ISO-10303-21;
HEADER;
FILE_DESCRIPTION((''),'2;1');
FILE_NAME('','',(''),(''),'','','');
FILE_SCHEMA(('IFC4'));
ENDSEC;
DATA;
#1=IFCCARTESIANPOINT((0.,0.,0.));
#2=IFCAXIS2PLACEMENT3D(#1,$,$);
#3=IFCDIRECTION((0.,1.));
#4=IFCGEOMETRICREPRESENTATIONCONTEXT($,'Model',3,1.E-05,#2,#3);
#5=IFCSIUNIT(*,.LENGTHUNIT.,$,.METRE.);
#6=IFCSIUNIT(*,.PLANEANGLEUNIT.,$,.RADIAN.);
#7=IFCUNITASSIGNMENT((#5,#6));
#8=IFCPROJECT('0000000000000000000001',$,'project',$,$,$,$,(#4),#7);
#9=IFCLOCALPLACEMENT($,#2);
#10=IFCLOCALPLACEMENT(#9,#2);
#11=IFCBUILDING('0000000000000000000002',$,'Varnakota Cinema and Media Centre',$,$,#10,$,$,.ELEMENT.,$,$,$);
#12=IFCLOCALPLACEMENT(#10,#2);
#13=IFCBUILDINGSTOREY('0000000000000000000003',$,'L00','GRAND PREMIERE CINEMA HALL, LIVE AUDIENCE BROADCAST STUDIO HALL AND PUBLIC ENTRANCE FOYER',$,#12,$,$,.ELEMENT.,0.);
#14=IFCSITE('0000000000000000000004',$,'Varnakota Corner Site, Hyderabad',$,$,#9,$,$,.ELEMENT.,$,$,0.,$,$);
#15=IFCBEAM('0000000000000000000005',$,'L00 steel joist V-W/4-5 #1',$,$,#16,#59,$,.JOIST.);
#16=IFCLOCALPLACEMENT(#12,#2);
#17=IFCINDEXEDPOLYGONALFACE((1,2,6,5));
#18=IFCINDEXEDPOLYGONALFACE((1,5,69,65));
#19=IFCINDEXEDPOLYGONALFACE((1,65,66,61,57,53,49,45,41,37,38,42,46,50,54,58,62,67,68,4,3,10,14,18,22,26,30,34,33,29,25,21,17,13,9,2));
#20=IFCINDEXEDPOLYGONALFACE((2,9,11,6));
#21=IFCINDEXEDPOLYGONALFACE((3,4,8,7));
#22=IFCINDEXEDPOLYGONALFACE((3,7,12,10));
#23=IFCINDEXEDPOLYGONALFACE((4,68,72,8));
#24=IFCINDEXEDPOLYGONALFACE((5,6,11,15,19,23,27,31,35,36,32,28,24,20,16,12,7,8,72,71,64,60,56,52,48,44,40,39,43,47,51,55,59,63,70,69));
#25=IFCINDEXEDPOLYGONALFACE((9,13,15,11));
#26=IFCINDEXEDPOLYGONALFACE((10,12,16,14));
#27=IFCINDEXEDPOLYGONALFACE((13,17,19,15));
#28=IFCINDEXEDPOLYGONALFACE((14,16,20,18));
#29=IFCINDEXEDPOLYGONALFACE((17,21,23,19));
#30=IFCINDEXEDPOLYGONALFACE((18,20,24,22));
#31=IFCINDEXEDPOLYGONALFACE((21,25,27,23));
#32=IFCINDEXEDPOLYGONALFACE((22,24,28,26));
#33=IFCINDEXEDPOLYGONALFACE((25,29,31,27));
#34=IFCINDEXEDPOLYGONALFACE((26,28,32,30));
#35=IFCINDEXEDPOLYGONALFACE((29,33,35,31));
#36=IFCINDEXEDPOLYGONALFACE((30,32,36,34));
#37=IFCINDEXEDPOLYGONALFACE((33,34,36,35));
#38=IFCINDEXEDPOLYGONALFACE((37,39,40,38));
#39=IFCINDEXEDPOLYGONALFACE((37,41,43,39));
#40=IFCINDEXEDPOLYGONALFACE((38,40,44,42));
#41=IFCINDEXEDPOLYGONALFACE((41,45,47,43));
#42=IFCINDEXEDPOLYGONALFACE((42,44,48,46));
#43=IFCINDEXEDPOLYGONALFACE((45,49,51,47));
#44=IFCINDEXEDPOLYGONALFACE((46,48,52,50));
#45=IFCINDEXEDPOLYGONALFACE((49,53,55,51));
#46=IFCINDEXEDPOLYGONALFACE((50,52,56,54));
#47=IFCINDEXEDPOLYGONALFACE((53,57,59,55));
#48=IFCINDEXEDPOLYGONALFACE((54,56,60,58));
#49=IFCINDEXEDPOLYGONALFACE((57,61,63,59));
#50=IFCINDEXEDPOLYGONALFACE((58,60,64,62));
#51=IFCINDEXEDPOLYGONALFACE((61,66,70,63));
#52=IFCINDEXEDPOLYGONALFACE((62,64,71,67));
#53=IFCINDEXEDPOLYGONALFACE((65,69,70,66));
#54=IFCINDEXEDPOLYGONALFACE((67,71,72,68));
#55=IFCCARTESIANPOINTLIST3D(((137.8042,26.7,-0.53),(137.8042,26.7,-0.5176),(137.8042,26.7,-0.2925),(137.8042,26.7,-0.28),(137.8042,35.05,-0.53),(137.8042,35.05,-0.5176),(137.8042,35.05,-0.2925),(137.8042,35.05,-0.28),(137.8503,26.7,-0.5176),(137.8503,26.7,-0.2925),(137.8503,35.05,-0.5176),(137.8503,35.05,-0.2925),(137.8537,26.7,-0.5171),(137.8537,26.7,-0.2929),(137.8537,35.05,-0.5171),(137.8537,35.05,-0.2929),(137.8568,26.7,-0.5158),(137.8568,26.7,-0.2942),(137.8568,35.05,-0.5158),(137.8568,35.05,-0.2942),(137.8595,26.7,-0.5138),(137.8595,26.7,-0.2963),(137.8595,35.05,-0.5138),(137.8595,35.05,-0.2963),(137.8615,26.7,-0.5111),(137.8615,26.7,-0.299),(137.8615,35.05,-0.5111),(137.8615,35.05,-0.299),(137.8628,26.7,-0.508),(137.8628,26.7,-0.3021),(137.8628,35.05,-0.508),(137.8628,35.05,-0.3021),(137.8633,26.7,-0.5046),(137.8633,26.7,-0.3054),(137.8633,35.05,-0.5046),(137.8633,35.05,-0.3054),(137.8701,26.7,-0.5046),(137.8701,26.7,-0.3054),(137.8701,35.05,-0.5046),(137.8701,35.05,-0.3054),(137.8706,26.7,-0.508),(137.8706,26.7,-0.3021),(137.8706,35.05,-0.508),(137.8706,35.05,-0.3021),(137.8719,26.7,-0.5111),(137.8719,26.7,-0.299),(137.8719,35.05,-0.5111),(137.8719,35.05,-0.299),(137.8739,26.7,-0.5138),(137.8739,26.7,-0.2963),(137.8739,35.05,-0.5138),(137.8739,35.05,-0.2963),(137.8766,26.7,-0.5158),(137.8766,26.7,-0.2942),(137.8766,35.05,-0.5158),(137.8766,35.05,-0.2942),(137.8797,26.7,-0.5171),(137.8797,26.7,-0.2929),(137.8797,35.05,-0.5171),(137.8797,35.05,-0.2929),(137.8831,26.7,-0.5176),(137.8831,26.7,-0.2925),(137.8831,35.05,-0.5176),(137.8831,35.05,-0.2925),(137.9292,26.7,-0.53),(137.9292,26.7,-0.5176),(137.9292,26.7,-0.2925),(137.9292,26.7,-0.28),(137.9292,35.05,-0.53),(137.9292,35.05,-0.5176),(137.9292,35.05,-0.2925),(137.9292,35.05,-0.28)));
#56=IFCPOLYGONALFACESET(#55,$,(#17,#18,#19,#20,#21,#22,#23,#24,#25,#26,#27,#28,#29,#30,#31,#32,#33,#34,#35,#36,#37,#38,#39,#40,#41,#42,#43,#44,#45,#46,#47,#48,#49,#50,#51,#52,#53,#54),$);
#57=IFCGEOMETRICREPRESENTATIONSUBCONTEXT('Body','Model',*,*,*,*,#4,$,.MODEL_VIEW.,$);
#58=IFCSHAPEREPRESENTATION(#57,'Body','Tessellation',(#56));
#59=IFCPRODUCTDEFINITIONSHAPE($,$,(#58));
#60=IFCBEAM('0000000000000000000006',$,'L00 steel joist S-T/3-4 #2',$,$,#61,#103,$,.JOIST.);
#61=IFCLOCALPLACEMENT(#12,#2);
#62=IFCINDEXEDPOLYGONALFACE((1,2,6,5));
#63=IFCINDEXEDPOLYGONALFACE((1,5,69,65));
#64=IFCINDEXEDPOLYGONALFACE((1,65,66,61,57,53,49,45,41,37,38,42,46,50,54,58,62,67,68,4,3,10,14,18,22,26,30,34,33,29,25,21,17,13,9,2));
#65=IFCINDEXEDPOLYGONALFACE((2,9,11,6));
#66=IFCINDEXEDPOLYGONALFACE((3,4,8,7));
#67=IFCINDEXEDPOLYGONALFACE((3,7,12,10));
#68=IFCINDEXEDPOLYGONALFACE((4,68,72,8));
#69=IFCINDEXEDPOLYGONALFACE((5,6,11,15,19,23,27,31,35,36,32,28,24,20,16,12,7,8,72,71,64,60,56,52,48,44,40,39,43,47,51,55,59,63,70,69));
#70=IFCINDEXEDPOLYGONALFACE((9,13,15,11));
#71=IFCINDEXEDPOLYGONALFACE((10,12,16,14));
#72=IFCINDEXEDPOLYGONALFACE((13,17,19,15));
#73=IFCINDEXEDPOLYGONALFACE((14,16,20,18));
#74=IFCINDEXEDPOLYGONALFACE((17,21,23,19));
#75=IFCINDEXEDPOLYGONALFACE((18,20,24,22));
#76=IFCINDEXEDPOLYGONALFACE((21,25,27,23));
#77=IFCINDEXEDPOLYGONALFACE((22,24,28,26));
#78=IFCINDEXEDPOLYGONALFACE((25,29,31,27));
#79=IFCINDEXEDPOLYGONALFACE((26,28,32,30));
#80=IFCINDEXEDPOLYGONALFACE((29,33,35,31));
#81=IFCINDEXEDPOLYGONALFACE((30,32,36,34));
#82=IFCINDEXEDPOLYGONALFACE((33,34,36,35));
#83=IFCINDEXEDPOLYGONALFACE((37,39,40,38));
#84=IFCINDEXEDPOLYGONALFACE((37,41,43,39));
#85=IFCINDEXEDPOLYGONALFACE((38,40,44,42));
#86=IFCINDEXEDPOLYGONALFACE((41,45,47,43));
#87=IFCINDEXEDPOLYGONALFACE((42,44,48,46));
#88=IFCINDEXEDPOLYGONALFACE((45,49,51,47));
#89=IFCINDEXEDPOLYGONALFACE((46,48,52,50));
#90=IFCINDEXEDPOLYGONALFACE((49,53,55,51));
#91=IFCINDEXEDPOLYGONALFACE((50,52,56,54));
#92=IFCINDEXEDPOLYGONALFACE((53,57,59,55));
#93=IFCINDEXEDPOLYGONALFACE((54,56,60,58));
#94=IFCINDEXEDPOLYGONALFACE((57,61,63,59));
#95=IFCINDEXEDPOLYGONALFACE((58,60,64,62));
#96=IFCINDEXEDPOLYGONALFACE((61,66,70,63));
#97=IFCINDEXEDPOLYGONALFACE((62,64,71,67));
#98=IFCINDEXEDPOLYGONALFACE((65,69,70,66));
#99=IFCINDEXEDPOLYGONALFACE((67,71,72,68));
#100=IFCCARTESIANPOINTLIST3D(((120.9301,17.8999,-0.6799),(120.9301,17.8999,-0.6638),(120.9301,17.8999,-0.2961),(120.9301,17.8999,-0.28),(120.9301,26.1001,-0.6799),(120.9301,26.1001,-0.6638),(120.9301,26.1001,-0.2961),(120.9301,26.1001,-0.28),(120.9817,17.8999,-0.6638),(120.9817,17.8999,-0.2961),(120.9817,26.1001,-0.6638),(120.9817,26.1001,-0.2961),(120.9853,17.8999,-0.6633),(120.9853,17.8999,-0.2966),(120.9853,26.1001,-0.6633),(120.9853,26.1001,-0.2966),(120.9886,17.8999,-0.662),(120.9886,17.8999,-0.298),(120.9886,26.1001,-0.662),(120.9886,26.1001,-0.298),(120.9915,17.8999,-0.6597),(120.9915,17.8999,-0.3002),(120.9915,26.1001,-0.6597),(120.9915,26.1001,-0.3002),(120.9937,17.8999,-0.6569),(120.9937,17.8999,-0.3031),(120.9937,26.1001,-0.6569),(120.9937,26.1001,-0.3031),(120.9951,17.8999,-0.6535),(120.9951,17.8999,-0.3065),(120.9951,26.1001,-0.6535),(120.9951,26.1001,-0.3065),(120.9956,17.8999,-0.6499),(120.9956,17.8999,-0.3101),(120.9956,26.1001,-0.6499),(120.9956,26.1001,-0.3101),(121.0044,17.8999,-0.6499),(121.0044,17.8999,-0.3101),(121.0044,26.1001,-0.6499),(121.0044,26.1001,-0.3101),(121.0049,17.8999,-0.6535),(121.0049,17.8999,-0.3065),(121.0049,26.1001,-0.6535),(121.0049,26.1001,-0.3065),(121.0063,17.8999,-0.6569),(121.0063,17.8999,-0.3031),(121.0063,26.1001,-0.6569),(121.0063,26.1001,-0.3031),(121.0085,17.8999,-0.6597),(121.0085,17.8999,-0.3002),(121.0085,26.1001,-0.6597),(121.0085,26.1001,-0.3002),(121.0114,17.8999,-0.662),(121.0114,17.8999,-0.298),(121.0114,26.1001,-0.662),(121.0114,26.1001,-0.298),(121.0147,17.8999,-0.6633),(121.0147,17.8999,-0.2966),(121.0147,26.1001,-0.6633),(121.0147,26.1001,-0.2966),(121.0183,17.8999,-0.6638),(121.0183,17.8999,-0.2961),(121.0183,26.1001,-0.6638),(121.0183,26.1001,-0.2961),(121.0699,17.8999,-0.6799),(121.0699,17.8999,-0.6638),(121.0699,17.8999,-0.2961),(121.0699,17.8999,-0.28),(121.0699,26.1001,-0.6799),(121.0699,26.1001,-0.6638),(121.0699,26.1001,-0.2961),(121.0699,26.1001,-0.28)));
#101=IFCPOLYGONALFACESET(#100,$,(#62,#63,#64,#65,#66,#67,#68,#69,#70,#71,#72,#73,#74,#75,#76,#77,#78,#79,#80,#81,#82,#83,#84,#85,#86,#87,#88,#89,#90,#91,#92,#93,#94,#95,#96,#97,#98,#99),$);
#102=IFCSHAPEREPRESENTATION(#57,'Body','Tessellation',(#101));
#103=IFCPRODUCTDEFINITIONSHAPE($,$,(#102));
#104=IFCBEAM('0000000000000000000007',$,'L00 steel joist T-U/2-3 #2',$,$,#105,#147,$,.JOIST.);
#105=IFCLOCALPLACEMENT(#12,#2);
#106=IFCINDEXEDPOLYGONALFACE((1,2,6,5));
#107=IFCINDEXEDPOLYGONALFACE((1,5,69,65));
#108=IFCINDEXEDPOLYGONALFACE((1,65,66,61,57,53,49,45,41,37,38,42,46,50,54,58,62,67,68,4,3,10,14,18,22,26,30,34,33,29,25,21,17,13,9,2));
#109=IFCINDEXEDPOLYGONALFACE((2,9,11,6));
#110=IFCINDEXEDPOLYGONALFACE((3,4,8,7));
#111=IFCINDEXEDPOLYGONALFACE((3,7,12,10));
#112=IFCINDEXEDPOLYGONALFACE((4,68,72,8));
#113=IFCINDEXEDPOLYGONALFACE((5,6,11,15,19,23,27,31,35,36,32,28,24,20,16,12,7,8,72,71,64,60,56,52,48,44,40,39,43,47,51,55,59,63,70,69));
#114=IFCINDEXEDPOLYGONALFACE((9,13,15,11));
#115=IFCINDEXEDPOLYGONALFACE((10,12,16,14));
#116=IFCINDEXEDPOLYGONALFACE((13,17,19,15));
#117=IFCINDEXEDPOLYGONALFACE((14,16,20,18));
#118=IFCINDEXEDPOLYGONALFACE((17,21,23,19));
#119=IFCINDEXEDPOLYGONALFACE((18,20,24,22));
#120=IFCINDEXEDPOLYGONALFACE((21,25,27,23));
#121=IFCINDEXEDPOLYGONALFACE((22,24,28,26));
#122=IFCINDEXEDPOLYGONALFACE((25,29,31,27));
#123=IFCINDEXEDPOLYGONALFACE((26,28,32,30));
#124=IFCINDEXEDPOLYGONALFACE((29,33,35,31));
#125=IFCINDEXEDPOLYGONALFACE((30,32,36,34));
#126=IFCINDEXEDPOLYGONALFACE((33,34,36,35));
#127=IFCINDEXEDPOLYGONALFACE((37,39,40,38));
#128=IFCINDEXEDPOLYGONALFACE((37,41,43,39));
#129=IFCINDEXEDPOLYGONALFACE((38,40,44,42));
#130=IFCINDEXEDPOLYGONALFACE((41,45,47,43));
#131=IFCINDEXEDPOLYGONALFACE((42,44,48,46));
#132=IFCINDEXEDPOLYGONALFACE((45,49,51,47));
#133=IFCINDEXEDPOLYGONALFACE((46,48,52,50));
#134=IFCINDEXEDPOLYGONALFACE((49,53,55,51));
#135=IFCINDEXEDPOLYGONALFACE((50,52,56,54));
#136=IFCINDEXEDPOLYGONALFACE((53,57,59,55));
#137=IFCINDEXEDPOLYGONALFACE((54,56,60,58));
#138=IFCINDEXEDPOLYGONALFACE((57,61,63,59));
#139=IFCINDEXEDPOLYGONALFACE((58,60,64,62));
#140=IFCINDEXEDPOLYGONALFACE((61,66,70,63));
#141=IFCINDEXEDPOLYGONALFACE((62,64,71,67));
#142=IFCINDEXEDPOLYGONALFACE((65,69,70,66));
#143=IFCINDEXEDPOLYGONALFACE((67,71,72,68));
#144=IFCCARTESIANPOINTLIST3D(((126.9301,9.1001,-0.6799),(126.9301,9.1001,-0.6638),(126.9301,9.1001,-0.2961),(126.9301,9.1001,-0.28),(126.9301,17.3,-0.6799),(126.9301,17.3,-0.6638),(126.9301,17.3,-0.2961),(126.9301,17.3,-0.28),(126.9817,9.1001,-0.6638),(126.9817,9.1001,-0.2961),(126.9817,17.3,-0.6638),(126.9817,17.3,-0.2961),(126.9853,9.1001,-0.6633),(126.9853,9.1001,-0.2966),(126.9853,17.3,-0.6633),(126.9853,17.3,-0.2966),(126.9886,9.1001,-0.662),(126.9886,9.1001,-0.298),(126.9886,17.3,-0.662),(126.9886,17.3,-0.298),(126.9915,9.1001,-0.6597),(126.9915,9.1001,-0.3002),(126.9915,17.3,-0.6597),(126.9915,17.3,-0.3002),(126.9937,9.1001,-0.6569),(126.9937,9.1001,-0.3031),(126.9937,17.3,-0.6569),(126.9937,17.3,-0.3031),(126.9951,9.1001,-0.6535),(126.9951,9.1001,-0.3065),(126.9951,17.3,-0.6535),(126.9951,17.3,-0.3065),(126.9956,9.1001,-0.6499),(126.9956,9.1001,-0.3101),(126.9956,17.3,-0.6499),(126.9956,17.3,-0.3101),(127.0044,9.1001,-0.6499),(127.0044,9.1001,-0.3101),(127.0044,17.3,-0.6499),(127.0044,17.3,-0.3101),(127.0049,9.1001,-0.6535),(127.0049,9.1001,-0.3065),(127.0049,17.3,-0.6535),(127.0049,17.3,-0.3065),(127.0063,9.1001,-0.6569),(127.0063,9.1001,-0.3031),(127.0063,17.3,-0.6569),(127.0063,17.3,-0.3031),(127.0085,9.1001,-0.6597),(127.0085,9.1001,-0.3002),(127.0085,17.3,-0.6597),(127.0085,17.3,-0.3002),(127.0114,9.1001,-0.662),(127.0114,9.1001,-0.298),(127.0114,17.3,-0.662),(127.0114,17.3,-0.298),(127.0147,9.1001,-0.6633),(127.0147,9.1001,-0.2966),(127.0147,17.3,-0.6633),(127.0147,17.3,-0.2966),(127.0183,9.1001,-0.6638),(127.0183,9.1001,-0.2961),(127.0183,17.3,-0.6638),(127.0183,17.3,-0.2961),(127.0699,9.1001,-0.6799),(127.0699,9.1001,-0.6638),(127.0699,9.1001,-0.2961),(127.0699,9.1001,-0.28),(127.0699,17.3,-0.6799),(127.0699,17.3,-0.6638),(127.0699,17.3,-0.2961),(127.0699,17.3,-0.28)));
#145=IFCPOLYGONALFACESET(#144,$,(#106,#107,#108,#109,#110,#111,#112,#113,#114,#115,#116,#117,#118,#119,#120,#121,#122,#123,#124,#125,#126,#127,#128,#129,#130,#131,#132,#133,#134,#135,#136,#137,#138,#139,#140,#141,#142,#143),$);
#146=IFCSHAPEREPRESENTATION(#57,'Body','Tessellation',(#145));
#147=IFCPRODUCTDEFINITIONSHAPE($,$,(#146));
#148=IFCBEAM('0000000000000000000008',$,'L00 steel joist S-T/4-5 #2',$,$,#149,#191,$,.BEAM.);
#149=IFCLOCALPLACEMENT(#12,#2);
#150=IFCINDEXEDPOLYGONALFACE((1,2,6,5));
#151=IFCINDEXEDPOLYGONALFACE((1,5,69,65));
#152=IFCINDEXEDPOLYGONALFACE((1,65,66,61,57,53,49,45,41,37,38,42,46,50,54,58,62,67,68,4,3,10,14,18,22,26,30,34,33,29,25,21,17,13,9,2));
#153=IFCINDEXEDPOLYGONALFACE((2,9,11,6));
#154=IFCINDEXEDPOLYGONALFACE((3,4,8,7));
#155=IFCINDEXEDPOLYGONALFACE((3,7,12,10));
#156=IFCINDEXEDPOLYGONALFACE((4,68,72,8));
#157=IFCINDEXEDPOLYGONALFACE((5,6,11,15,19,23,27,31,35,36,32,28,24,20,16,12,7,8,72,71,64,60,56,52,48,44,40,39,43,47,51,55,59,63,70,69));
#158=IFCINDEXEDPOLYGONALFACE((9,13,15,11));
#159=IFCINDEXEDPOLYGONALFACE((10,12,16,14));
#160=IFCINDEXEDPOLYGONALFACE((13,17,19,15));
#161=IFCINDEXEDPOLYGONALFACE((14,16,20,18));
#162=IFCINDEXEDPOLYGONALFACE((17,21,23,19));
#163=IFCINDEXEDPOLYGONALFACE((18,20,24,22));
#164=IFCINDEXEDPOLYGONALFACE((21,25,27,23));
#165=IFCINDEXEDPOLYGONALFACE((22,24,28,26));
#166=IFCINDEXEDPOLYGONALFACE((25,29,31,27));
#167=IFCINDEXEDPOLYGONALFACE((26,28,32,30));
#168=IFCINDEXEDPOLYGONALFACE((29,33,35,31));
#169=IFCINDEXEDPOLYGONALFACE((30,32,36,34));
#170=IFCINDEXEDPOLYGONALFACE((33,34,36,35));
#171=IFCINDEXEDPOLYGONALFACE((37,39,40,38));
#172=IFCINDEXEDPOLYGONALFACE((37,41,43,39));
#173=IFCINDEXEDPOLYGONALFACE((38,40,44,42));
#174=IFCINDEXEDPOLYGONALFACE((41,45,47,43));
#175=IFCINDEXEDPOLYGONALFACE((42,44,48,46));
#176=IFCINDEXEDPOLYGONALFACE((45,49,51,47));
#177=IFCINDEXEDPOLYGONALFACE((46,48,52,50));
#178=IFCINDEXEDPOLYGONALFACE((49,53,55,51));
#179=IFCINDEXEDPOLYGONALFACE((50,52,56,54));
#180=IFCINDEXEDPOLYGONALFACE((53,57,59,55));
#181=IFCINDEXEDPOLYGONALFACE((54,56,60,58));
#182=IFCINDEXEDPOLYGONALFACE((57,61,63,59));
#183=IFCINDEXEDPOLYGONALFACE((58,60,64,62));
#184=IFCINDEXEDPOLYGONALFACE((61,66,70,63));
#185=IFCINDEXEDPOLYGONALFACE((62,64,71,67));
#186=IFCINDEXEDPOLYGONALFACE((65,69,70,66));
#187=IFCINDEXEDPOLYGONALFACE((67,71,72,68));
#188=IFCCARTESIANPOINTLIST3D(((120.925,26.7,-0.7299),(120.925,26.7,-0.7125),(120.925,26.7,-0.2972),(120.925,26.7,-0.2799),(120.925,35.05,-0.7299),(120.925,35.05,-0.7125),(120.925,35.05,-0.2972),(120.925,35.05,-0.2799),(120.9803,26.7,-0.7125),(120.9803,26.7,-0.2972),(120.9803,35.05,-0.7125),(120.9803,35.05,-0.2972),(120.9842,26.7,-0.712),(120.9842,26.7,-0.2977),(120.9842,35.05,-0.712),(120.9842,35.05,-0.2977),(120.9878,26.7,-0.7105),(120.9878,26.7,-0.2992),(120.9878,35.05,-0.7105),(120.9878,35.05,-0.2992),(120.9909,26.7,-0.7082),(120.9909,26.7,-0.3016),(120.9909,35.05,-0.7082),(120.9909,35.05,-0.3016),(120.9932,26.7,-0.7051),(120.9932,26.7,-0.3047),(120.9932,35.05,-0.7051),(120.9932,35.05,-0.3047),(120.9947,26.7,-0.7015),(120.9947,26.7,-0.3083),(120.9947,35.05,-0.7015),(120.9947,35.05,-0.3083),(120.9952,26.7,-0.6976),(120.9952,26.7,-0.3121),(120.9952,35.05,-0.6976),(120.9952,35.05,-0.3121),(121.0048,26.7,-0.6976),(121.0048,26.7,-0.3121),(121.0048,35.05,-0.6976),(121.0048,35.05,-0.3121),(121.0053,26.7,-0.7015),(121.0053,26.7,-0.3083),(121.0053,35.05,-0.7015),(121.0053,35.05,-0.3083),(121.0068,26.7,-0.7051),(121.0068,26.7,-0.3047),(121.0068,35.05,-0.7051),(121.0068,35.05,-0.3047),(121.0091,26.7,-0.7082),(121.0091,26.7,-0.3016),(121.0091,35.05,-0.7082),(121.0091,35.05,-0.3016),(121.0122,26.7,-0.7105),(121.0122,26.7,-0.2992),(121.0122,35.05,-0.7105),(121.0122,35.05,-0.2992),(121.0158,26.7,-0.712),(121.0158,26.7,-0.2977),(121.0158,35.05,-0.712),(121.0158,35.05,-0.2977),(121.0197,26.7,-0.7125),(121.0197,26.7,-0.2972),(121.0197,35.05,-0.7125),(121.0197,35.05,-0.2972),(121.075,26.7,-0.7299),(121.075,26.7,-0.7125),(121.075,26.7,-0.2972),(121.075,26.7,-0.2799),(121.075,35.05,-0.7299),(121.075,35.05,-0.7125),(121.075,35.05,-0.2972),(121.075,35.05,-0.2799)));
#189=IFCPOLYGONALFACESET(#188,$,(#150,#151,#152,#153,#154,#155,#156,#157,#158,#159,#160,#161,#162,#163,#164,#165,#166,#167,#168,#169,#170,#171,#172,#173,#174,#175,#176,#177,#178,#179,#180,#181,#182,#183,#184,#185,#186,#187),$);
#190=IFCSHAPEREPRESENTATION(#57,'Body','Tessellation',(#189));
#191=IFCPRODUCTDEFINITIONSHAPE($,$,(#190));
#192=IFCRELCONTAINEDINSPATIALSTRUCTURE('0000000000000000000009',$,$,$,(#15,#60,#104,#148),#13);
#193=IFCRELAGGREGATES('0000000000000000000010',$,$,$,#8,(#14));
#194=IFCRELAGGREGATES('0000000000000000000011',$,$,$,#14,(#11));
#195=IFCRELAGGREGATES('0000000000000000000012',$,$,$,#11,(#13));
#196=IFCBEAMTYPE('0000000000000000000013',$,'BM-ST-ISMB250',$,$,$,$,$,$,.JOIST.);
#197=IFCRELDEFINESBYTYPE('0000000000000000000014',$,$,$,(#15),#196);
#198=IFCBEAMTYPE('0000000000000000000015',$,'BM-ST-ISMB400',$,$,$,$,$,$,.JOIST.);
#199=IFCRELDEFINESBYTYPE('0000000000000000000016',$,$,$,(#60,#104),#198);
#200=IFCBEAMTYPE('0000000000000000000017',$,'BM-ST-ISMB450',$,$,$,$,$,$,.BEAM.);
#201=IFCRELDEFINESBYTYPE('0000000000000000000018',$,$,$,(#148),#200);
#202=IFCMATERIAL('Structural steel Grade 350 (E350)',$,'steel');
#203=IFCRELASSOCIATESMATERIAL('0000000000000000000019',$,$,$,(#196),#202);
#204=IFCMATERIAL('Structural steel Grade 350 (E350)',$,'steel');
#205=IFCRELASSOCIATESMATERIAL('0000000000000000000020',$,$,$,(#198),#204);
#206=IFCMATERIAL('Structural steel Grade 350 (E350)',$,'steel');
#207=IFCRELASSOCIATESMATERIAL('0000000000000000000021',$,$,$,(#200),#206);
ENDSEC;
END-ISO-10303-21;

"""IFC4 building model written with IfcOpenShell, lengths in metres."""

from ifc_helpers import new_model, si_unit, direction, frame, origin, origin_2d, place, context, subcontext, project, spatial, i_section, extrude, material, material_profile, profile_set, type_object, element, save


model = new_model("IFC4")

# Units and contexts
model_context = context("Model", 3, precision=1e-05, world=origin(), true_north=direction((0.0, 1.0)))
body_context = subcontext(model_context, "Body", "Model", "MODEL_VIEW")
ifc_project = project(units=[si_unit("LENGTHUNIT", "METRE"), si_unit("PLANEANGLEUNIT", "RADIAN")], contexts=[model_context])

# Site, building, storey
site_placement = place(None, origin())
site = spatial("IfcSite", under=ifc_project, at=site_placement, Name="Varnakota Corner Site, Hyderabad", CompositionType="ELEMENT", RefElevation=0.0)
building_placement = place(site_placement, origin())
building = spatial("IfcBuilding", under=site, at=building_placement, Name="Varnakota Cinema and Media Centre", CompositionType="ELEMENT")
storey_placement = place(building_placement, origin())
storey = spatial("IfcBuildingStorey", under=building, at=storey_placement, Name="L00", Description="GRAND PREMIERE CINEMA HALL, LIVE AUDIENCE BROADCAST STUDIO HALL AND PUBLIC ENTRANCE FOYER", CompositionType="ELEMENT", Elevation=0.0)

# Beams
ifc_material_1 = material(Name="Structural steel Grade 350 (E350)", Category="steel")
ifc_material_profile_1 = material_profile(ifc_material_1, i_section(OverallWidth=0.125, OverallDepth=0.25, WebThickness=0.0068, FlangeThickness=0.0125, FilletRadius=0.0129, at=origin_2d()), Name="ISMB 250")
ifc_profile_set_1 = profile_set([ifc_material_profile_1], Name="Structural steel Grade 350 (E350)")
beam_type_1 = type_object("IfcBeamType", Name="BM-ST-ISMB250", PredefinedType="JOIST", material=ifc_profile_set_1)
beam_1_placement = place(storey_placement, frame((137.8667, 26.7, -0.405), z_axis=(0.0, 1.0, 0.0), x_axis=(-1.0, 0.0, 0.0)))
element("IfcBeam", 1, at=beam_1_placement, inside=storey, type_object=beam_type_1, Name="L00 steel joist V-W/4-5 #1", PredefinedType="JOIST", context=body_context, shape_type="SweptSolid", body=[
    extrude(i_section(OverallWidth=0.125, OverallDepth=0.25, WebThickness=0.0068, FlangeThickness=0.0125, FilletRadius=0.0129, at=origin_2d()), origin(), (0.0, 0.0, 1.0), 8.3501),
])
ifc_material_2 = material(Name="Structural steel Grade 350 (E350)", Category="steel")
ifc_material_profile_2 = material_profile(ifc_material_2, i_section(OverallWidth=0.1399, OverallDepth=0.3999, WebThickness=0.0088, FlangeThickness=0.0161, FilletRadius=0.0139, at=origin_2d()), Name="ISMB 400")
ifc_profile_set_2 = profile_set([ifc_material_profile_2], Name="Structural steel Grade 350 (E350)")
beam_type_2 = type_object("IfcBeamType", Name="BM-ST-ISMB400", PredefinedType="JOIST", material=ifc_profile_set_2)
beam_2_placement = place(storey_placement, frame((121.0, 17.8999, -0.48), z_axis=(0.0, 1.0, 0.0), x_axis=(-1.0, 0.0, 0.0)))
element("IfcBeam", 2, at=beam_2_placement, inside=storey, type_object=beam_type_2, Name="L00 steel joist S-T/3-4 #2", PredefinedType="JOIST", context=body_context, shape_type="SweptSolid", body=[
    extrude(i_section(OverallWidth=0.1399, OverallDepth=0.3999, WebThickness=0.0088, FlangeThickness=0.0161, FilletRadius=0.0139, at=origin_2d()), origin(), (0.0, 0.0, 1.0), 8.2002),
])
beam_3_placement = place(storey_placement, frame((127.0, 9.1001, -0.48), z_axis=(0.0, 1.0, 0.0), x_axis=(-1.0, 0.0, 0.0)))
element("IfcBeam", 3, at=beam_3_placement, inside=storey, type_object=beam_type_2, Name="L00 steel joist T-U/2-3 #2", PredefinedType="JOIST", context=body_context, shape_type="SweptSolid", body=[
    extrude(i_section(OverallWidth=0.1399, OverallDepth=0.3999, WebThickness=0.0088, FlangeThickness=0.0161, FilletRadius=0.0139, at=origin_2d()), origin(), (0.0, 0.0, 1.0), 8.2),
])
ifc_material_3 = material(Name="Structural steel Grade 350 (E350)", Category="steel")
ifc_material_profile_3 = material_profile(ifc_material_3, i_section(OverallWidth=0.1499, OverallDepth=0.45, WebThickness=0.0095, FlangeThickness=0.0173, FilletRadius=0.0149, at=origin_2d()), Name="ISMB 450")
ifc_profile_set_3 = profile_set([ifc_material_profile_3], Name="Structural steel Grade 350 (E350)")
beam_type_3 = type_object("IfcBeamType", Name="BM-ST-ISMB450", PredefinedType="BEAM", material=ifc_profile_set_3)
beam_4_placement = place(storey_placement, frame((121.0, 26.7, -0.5049), z_axis=(0.0, 1.0, 0.0), x_axis=(-1.0, 0.0, 0.0)))
element("IfcBeam", 4, at=beam_4_placement, inside=storey, type_object=beam_type_3, Name="L00 steel joist S-T/4-5 #2", PredefinedType="BEAM", context=body_context, shape_type="SweptSolid", body=[
    extrude(i_section(OverallWidth=0.1499, OverallDepth=0.45, WebThickness=0.0095, FlangeThickness=0.0173, FilletRadius=0.0149, at=origin_2d()), origin(), (0.0, 0.0, 1.0), 8.3501),
])

save(model, "model.ifc")
